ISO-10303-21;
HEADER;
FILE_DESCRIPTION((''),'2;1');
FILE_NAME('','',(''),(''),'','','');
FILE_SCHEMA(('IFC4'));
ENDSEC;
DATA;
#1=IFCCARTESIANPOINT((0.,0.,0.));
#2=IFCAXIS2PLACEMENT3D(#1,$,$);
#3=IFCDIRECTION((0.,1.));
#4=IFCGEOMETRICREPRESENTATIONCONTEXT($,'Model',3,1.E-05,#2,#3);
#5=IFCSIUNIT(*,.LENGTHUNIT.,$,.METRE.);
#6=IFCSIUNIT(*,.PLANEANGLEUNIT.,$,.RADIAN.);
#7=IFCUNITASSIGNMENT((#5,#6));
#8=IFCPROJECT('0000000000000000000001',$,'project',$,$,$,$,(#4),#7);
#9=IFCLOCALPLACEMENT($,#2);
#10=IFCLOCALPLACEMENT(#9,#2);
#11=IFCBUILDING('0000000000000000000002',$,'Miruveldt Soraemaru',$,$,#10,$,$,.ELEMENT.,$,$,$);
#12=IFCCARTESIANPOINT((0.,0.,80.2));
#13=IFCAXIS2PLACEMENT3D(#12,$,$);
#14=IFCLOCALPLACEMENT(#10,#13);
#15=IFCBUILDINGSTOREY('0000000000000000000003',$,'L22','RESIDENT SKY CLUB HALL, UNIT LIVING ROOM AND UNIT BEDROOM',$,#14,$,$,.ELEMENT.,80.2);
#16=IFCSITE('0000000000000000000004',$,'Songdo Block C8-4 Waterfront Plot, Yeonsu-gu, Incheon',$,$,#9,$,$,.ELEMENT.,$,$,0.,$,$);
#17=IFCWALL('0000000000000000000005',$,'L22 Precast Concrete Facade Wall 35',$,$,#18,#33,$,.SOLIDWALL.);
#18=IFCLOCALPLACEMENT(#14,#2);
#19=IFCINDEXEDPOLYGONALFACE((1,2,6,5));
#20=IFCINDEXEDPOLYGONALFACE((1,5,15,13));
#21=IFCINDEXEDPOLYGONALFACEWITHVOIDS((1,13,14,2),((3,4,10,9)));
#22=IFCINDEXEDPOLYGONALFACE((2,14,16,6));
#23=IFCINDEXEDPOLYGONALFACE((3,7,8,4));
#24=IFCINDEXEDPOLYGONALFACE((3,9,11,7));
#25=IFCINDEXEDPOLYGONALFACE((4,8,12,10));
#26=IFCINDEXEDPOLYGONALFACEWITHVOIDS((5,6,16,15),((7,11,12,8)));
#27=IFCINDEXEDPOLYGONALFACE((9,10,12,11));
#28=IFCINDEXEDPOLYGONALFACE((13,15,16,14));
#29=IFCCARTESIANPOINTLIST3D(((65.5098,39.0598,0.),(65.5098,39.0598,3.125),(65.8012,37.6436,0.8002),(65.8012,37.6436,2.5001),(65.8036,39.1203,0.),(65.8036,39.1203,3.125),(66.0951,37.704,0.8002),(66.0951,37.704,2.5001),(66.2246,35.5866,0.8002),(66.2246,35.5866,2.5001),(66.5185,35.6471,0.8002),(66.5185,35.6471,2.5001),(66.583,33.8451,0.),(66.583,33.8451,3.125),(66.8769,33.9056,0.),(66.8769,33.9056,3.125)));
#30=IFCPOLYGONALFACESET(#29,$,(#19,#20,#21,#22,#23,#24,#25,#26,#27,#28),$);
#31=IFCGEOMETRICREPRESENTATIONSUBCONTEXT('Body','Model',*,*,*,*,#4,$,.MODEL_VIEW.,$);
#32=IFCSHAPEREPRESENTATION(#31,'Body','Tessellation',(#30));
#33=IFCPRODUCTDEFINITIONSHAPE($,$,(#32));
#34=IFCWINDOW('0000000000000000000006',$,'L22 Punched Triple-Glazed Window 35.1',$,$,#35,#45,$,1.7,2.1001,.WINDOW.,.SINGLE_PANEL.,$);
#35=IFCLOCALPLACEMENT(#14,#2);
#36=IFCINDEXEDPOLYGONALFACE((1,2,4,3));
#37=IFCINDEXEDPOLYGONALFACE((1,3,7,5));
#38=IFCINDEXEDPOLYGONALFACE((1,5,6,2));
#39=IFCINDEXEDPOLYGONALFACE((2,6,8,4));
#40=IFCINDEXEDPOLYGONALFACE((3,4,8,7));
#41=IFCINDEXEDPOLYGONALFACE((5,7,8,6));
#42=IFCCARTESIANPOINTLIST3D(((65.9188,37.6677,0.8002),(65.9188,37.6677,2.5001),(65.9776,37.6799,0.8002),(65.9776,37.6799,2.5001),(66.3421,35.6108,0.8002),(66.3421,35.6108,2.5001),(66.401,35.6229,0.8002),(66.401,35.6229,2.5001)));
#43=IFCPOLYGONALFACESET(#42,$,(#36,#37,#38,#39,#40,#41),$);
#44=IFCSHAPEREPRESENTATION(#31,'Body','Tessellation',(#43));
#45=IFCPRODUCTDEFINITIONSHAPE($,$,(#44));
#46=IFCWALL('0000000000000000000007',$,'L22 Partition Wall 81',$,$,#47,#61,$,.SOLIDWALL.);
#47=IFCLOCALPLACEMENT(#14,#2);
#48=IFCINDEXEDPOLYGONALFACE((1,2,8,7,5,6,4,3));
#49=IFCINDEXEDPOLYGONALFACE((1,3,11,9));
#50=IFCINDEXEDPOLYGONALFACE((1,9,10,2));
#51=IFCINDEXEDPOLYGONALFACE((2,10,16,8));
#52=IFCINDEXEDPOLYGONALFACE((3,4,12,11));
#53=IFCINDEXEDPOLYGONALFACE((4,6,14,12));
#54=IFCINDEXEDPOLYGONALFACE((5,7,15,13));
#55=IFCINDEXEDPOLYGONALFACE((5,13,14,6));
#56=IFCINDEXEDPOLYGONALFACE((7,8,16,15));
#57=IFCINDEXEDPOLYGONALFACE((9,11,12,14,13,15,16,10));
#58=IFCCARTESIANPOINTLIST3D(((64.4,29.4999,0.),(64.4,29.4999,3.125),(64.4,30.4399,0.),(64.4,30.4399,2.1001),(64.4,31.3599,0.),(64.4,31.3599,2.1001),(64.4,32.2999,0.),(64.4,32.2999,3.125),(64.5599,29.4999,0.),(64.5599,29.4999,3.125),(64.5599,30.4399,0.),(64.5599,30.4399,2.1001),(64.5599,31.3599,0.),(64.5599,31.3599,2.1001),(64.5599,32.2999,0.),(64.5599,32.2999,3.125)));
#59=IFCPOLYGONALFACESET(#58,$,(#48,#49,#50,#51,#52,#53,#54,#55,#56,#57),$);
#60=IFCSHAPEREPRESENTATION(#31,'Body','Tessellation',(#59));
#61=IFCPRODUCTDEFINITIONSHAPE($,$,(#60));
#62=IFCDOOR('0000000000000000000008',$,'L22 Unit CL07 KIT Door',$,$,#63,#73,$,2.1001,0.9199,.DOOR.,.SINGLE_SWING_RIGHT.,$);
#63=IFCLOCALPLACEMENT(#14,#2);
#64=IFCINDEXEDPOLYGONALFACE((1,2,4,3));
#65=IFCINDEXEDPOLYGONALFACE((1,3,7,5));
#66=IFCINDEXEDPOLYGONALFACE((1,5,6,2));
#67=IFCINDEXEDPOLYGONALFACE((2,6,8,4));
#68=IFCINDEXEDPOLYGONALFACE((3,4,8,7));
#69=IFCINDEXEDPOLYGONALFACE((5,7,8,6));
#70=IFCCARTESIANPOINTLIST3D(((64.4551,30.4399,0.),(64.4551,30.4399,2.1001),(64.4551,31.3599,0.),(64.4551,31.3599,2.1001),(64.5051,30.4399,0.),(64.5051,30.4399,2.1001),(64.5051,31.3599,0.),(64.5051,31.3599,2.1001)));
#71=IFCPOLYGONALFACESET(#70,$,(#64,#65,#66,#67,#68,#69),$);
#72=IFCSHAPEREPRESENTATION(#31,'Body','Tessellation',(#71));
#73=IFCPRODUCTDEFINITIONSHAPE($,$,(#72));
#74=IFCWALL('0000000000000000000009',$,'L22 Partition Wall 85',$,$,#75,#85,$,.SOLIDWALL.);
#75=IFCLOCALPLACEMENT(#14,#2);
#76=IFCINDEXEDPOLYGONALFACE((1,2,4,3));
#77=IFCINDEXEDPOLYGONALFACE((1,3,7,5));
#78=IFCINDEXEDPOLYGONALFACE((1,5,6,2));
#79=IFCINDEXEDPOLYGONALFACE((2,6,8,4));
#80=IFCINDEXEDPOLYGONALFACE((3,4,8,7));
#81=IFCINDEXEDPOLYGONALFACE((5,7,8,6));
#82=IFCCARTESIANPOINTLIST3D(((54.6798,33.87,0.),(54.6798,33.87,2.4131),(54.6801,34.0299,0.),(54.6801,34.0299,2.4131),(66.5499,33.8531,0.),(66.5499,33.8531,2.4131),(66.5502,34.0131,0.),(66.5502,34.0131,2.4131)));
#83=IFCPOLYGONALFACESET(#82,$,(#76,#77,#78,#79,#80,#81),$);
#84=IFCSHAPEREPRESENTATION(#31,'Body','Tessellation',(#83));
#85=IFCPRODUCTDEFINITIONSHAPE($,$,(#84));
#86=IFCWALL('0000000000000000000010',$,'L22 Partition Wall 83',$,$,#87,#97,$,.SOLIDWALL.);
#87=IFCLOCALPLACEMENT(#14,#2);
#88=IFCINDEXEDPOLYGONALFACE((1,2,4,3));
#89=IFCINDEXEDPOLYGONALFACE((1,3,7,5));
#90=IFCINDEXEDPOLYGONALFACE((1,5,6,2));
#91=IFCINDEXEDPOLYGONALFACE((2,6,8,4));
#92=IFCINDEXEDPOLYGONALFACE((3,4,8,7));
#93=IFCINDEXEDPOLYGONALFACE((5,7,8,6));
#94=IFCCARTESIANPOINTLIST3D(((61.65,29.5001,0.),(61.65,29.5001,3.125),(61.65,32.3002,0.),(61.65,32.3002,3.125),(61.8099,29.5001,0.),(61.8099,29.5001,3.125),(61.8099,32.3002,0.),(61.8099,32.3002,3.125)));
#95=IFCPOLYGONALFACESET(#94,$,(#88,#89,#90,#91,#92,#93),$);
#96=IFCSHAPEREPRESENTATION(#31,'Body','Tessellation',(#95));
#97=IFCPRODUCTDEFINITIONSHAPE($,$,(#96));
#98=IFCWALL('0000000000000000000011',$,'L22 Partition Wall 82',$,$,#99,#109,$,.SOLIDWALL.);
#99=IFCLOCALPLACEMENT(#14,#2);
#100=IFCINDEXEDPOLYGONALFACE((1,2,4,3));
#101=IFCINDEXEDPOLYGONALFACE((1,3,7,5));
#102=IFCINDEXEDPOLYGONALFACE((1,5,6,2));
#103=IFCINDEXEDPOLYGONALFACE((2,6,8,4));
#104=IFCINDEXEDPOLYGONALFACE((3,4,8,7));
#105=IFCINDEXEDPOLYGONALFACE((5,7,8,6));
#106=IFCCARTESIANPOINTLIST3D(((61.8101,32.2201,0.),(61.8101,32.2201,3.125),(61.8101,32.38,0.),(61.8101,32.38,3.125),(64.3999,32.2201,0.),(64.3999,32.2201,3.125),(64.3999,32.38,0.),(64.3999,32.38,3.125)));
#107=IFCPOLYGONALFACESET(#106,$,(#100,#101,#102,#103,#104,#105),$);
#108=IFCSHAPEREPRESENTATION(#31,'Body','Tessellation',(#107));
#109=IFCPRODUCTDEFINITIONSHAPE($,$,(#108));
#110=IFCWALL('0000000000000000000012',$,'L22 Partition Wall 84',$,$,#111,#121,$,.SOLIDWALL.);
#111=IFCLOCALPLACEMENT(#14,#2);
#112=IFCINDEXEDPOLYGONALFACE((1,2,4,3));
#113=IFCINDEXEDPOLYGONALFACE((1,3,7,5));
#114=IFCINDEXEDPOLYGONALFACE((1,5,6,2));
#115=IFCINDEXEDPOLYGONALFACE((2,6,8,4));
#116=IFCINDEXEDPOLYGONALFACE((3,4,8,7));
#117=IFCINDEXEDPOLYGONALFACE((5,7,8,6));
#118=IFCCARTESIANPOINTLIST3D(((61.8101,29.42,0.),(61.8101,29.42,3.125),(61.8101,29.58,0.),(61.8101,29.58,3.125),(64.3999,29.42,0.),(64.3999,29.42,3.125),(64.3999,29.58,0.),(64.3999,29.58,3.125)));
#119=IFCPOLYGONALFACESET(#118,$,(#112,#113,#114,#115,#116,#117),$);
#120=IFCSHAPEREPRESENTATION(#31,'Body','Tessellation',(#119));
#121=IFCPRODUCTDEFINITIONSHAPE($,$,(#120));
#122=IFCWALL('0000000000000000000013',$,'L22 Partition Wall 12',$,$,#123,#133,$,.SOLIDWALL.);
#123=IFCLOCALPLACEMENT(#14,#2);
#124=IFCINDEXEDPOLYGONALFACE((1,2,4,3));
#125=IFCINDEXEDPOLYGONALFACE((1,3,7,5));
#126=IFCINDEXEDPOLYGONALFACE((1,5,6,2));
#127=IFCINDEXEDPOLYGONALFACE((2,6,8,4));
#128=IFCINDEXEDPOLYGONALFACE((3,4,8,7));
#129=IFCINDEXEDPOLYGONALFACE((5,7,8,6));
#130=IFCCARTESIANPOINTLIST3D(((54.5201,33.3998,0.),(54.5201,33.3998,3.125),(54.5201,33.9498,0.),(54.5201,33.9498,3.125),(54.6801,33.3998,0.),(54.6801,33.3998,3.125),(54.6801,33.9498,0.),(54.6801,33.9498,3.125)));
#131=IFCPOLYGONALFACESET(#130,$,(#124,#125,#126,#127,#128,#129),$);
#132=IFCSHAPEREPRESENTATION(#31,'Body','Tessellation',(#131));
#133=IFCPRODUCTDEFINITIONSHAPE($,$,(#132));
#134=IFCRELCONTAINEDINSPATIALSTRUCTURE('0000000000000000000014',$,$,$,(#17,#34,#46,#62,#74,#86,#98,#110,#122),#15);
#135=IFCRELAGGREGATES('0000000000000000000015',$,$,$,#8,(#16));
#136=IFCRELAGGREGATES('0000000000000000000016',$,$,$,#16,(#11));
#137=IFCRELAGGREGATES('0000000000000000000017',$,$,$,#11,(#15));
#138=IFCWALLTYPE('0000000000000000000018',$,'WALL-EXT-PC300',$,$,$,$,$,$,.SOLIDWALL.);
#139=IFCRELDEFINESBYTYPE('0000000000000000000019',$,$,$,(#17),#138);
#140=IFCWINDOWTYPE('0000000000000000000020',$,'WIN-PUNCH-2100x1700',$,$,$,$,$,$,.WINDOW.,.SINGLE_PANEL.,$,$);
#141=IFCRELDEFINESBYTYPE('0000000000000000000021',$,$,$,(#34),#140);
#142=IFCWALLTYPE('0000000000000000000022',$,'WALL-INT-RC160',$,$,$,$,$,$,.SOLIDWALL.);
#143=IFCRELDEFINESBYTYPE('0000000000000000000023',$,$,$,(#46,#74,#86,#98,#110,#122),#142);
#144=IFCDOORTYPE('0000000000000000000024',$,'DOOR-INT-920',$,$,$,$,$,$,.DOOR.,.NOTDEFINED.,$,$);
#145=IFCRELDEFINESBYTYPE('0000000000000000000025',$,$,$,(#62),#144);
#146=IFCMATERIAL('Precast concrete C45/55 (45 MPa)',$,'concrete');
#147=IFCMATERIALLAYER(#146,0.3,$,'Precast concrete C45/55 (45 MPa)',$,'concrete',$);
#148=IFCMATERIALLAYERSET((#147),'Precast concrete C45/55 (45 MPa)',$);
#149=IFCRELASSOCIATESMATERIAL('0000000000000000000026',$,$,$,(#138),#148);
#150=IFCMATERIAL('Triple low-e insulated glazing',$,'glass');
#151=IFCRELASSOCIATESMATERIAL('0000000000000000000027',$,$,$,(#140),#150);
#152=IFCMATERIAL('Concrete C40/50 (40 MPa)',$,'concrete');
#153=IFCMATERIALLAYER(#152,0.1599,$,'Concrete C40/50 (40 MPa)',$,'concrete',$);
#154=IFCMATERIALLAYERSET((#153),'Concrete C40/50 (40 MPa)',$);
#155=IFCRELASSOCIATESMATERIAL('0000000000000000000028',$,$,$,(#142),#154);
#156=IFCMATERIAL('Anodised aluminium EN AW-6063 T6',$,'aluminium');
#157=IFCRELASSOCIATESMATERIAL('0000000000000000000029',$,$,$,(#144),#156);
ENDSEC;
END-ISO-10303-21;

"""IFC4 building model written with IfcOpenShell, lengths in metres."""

from ifc_helpers import new_model, si_unit, direction, frame, frame_2d, origin, place, context, subcontext, project, spatial, rectangle, extrude, material, layer, layer_set, type_object, element, fill, save


model = new_model("IFC4")

# Units and contexts
model_context = context("Model", 3, precision=1e-05, world=origin(), true_north=direction((0.0, 1.0)))
body_context = subcontext(model_context, "Body", "Model", "MODEL_VIEW")
ifc_project = project(units=[si_unit("LENGTHUNIT", "METRE"), si_unit("PLANEANGLEUNIT", "RADIAN")], contexts=[model_context])

# Site, building, storey
site_placement = place(None, origin())
site = spatial("IfcSite", under=ifc_project, at=site_placement, Name="Songdo Block C8-4 Waterfront Plot, Yeonsu-gu, Incheon", CompositionType="ELEMENT", RefElevation=0.0)
building_placement = place(site_placement, origin())
building = spatial("IfcBuilding", under=site, at=building_placement, Name="Miruveldt Soraemaru", CompositionType="ELEMENT")
storey_placement = place(building_placement, frame((0.0, 0.0, 80.2)))
storey = spatial("IfcBuildingStorey", under=building, at=storey_placement, Name="L22", Description="RESIDENT SKY CLUB HALL, UNIT LIVING ROOM AND UNIT BEDROOM", CompositionType="ELEMENT", Elevation=80.2)

# Shared definitions
ifc_material_1 = material(Name="Anodised aluminium EN AW-6063 T6", Category="aluminium")

# Wall, opening, window
ifc_material_2 = material(Name="Precast concrete C45/55 (45 MPa)", Category="concrete")
ifc_layer_1 = layer(ifc_material_2, 0.3, Name="Precast concrete C45/55 (45 MPa)", Category="concrete")
ifc_layer_set_1 = layer_set([ifc_layer_1], Name="Precast concrete C45/55 (45 MPa)")
wall_type_1 = type_object("IfcWallType", Name="WALL-EXT-PC300", PredefinedType="SOLIDWALL", material=ifc_layer_set_1)
ifc_material_3 = material(Name="Triple low-e insulated glazing", Category="glass")
window_type_1 = type_object("IfcWindowType", Name="WIN-PUNCH-2100x1700", PartitioningType="SINGLE_PANEL", PredefinedType="WINDOW", material=ifc_material_3)
wall_1_placement = place(storey_placement, frame((66.73, 33.8752, 0.0), z_axis=(0.0, 0.0, 1.0), x_axis=(-0.20159, 0.97947, 0.0)))
wall_1 = element("IfcWall", 1, at=wall_1_placement, inside=storey, type_object=wall_type_1, Name="L22 Precast Concrete Facade Wall 35", PredefinedType="SOLIDWALL", context=body_context, shape_type="SweptSolid", body=[
    extrude(rectangle(XDim=5.324, YDim=0.3, at=frame_2d((2.6621, 0.0))), origin(), (0.0, 0.0, 1.0), 3.125),
])
opening_1_placement = place(wall_1_placement, frame((1.7781, 0.0, 0.8)))
opening_1 = element("IfcOpeningElement", 2, at=opening_1_placement, cuts=wall_1, PredefinedType="OPENING", context=body_context, shape_type="SweptSolid", body=[
    extrude(rectangle(XDim=2.1001, YDim=1.7, at=frame_2d((1.05, 0.8501))), frame((0.0, 0.1602, 0.0), z_axis=(0.0, -1.0, 0.0), x_axis=(1.0, 0.0, 0.0)), (0.0, 0.0, 1.0), 0.3201),
])
window_1_placement = place(opening_1_placement, origin())
window_1 = element("IfcWindow", 3, at=window_1_placement, inside=storey, type_object=window_type_1, Name="L22 Punched Triple-Glazed Window 35.1", OverallHeight=1.7, OverallWidth=2.1001, PartitioningType="SINGLE_PANEL", PredefinedType="WINDOW", context=body_context, shape_type="SweptSolid", body=[
    extrude(rectangle(XDim=2.1001, YDim=1.7, at=frame_2d((1.05, 0.8501))), frame((0.0, 0.03, 0.0), z_axis=(0.0, -1.0, 0.0), x_axis=(1.0, 0.0, 0.0)), (0.0, 0.0, 1.0), 0.0601),
])
fill(opening_1, window_1)

# Wall, opening, door
ifc_material_4 = material(Name="Concrete C40/50 (40 MPa)", Category="concrete")
ifc_layer_2 = layer(ifc_material_4, 0.1599, Name="Concrete C40/50 (40 MPa)", Category="concrete")
ifc_layer_set_2 = layer_set([ifc_layer_2], Name="Concrete C40/50 (40 MPa)")
wall_type_2 = type_object("IfcWallType", Name="WALL-INT-RC160", PredefinedType="SOLIDWALL", material=ifc_layer_set_2)
wall_2_placement = place(storey_placement, frame((64.48, 29.5, 0.0), z_axis=(0.0, 0.0, 1.0), x_axis=(0.0, 1.0, 0.0)))
wall_2 = element("IfcWall", 4, at=wall_2_placement, inside=storey, type_object=wall_type_2, Name="L22 Partition Wall 81", PredefinedType="SOLIDWALL", context=body_context, shape_type="SweptSolid", body=[
    extrude(rectangle(XDim=2.8, YDim=0.1599, at=frame_2d((1.3999, 0.0))), origin(), (0.0, 0.0, 1.0), 3.125),
])
opening_2_placement = place(wall_2_placement, frame((0.9399, 0.0, 0.0)))
opening_2 = element("IfcOpeningElement", 5, at=opening_2_placement, cuts=wall_2, PredefinedType="OPENING", context=body_context, shape_type="SweptSolid", body=[
    extrude(rectangle(XDim=0.9199, YDim=2.1001, at=frame_2d((0.46, 1.05))), frame((0.0, 0.0898, 0.0), z_axis=(0.0, -1.0, 0.0), x_axis=(1.0, 0.0, 0.0)), (0.0, 0.0, 1.0), 0.1799),
])
door_type = type_object("IfcDoorType", Name="DOOR-INT-920", OperationType="NOTDEFINED", PredefinedType="DOOR", material=ifc_material_1)
door_placement = place(opening_2_placement, origin())
door = element("IfcDoor", 6, at=door_placement, inside=storey, type_object=door_type, Name="L22 Unit CL07 KIT Door", OperationType="SINGLE_SWING_RIGHT", OverallHeight=2.1001, OverallWidth=0.9199, PredefinedType="DOOR", context=body_context, shape_type="SweptSolid", body=[
    extrude(rectangle(XDim=0.9199, YDim=2.1001, at=frame_2d((0.46, 1.05))), frame((0.0, 0.0249, 0.0), z_axis=(0.0, -1.0, 0.0), x_axis=(1.0, 0.0, 0.0)), (0.0, 0.0, 1.0), 0.05),
])
fill(opening_2, door)

# Walls
wall_3_placement = place(storey_placement, frame((66.55, 33.9331, 0.0), z_axis=(0.0, 0.0, 1.0), x_axis=(-0.999999, 0.001419, 0.0)))
element("IfcWall", 7, at=wall_3_placement, inside=storey, type_object=wall_type_2, Name="L22 Partition Wall 85", PredefinedType="SOLIDWALL", context=body_context, shape_type="SweptSolid", body=[
    extrude(rectangle(XDim=11.8701, YDim=0.1599, at=frame_2d((5.9351, 0.0))), origin(), (0.0, 0.0, 1.0), 2.4131),
])
wall_4_placement = place(storey_placement, frame((61.73, 32.3, 0.0), z_axis=(0.0, 0.0, 1.0), x_axis=(0.0, -1.0, 0.0)))
element("IfcWall", 8, at=wall_4_placement, inside=storey, type_object=wall_type_2, Name="L22 Partition Wall 83", PredefinedType="SOLIDWALL", context=body_context, shape_type="SweptSolid", body=[
    extrude(rectangle(XDim=2.8, YDim=0.1599, at=frame_2d((1.3999, 0.0))), origin(), (0.0, 0.0, 1.0), 3.125),
])
for number, where, z_axis, x_axis, name in (
    (9, (64.3999, 32.3, 0.0), (0.0, 0.0, 1.0), (-1.0, 0.0, 0.0), "L22 Partition Wall 82"),
    (10, (61.8101, 29.5, 0.0), (0.0, 0.0, 1.0), (1.0, 0.0, 0.0), "L22 Partition Wall 84"),
):
    element("IfcWall", number, at=place(storey_placement, frame(where, z_axis=z_axis, x_axis=x_axis)), inside=storey, type_object=wall_type_2, Name=name, PredefinedType="SOLIDWALL", context=body_context, shape_type="SweptSolid", body=[
        extrude(rectangle(XDim=2.5898, YDim=0.1599, at=frame_2d((1.2949, 0.0))), origin(), (0.0, 0.0, 1.0), 3.125),
    ])
wall_5_placement = place(storey_placement, frame((54.6001, 33.3999, 0.0), z_axis=(0.0, 0.0, 1.0), x_axis=(0.0, 1.0, 0.0)))
element("IfcWall", 11, at=wall_5_placement, inside=storey, type_object=wall_type_2, Name="L22 Partition Wall 12", PredefinedType="SOLIDWALL", context=body_context, shape_type="SweptSolid", body=[
    extrude(rectangle(XDim=0.55, YDim=0.1599, at=frame_2d((0.2749, 0.0))), origin(), (0.0, 0.0, 1.0), 3.125),
])

save(model, "model.ifc")
